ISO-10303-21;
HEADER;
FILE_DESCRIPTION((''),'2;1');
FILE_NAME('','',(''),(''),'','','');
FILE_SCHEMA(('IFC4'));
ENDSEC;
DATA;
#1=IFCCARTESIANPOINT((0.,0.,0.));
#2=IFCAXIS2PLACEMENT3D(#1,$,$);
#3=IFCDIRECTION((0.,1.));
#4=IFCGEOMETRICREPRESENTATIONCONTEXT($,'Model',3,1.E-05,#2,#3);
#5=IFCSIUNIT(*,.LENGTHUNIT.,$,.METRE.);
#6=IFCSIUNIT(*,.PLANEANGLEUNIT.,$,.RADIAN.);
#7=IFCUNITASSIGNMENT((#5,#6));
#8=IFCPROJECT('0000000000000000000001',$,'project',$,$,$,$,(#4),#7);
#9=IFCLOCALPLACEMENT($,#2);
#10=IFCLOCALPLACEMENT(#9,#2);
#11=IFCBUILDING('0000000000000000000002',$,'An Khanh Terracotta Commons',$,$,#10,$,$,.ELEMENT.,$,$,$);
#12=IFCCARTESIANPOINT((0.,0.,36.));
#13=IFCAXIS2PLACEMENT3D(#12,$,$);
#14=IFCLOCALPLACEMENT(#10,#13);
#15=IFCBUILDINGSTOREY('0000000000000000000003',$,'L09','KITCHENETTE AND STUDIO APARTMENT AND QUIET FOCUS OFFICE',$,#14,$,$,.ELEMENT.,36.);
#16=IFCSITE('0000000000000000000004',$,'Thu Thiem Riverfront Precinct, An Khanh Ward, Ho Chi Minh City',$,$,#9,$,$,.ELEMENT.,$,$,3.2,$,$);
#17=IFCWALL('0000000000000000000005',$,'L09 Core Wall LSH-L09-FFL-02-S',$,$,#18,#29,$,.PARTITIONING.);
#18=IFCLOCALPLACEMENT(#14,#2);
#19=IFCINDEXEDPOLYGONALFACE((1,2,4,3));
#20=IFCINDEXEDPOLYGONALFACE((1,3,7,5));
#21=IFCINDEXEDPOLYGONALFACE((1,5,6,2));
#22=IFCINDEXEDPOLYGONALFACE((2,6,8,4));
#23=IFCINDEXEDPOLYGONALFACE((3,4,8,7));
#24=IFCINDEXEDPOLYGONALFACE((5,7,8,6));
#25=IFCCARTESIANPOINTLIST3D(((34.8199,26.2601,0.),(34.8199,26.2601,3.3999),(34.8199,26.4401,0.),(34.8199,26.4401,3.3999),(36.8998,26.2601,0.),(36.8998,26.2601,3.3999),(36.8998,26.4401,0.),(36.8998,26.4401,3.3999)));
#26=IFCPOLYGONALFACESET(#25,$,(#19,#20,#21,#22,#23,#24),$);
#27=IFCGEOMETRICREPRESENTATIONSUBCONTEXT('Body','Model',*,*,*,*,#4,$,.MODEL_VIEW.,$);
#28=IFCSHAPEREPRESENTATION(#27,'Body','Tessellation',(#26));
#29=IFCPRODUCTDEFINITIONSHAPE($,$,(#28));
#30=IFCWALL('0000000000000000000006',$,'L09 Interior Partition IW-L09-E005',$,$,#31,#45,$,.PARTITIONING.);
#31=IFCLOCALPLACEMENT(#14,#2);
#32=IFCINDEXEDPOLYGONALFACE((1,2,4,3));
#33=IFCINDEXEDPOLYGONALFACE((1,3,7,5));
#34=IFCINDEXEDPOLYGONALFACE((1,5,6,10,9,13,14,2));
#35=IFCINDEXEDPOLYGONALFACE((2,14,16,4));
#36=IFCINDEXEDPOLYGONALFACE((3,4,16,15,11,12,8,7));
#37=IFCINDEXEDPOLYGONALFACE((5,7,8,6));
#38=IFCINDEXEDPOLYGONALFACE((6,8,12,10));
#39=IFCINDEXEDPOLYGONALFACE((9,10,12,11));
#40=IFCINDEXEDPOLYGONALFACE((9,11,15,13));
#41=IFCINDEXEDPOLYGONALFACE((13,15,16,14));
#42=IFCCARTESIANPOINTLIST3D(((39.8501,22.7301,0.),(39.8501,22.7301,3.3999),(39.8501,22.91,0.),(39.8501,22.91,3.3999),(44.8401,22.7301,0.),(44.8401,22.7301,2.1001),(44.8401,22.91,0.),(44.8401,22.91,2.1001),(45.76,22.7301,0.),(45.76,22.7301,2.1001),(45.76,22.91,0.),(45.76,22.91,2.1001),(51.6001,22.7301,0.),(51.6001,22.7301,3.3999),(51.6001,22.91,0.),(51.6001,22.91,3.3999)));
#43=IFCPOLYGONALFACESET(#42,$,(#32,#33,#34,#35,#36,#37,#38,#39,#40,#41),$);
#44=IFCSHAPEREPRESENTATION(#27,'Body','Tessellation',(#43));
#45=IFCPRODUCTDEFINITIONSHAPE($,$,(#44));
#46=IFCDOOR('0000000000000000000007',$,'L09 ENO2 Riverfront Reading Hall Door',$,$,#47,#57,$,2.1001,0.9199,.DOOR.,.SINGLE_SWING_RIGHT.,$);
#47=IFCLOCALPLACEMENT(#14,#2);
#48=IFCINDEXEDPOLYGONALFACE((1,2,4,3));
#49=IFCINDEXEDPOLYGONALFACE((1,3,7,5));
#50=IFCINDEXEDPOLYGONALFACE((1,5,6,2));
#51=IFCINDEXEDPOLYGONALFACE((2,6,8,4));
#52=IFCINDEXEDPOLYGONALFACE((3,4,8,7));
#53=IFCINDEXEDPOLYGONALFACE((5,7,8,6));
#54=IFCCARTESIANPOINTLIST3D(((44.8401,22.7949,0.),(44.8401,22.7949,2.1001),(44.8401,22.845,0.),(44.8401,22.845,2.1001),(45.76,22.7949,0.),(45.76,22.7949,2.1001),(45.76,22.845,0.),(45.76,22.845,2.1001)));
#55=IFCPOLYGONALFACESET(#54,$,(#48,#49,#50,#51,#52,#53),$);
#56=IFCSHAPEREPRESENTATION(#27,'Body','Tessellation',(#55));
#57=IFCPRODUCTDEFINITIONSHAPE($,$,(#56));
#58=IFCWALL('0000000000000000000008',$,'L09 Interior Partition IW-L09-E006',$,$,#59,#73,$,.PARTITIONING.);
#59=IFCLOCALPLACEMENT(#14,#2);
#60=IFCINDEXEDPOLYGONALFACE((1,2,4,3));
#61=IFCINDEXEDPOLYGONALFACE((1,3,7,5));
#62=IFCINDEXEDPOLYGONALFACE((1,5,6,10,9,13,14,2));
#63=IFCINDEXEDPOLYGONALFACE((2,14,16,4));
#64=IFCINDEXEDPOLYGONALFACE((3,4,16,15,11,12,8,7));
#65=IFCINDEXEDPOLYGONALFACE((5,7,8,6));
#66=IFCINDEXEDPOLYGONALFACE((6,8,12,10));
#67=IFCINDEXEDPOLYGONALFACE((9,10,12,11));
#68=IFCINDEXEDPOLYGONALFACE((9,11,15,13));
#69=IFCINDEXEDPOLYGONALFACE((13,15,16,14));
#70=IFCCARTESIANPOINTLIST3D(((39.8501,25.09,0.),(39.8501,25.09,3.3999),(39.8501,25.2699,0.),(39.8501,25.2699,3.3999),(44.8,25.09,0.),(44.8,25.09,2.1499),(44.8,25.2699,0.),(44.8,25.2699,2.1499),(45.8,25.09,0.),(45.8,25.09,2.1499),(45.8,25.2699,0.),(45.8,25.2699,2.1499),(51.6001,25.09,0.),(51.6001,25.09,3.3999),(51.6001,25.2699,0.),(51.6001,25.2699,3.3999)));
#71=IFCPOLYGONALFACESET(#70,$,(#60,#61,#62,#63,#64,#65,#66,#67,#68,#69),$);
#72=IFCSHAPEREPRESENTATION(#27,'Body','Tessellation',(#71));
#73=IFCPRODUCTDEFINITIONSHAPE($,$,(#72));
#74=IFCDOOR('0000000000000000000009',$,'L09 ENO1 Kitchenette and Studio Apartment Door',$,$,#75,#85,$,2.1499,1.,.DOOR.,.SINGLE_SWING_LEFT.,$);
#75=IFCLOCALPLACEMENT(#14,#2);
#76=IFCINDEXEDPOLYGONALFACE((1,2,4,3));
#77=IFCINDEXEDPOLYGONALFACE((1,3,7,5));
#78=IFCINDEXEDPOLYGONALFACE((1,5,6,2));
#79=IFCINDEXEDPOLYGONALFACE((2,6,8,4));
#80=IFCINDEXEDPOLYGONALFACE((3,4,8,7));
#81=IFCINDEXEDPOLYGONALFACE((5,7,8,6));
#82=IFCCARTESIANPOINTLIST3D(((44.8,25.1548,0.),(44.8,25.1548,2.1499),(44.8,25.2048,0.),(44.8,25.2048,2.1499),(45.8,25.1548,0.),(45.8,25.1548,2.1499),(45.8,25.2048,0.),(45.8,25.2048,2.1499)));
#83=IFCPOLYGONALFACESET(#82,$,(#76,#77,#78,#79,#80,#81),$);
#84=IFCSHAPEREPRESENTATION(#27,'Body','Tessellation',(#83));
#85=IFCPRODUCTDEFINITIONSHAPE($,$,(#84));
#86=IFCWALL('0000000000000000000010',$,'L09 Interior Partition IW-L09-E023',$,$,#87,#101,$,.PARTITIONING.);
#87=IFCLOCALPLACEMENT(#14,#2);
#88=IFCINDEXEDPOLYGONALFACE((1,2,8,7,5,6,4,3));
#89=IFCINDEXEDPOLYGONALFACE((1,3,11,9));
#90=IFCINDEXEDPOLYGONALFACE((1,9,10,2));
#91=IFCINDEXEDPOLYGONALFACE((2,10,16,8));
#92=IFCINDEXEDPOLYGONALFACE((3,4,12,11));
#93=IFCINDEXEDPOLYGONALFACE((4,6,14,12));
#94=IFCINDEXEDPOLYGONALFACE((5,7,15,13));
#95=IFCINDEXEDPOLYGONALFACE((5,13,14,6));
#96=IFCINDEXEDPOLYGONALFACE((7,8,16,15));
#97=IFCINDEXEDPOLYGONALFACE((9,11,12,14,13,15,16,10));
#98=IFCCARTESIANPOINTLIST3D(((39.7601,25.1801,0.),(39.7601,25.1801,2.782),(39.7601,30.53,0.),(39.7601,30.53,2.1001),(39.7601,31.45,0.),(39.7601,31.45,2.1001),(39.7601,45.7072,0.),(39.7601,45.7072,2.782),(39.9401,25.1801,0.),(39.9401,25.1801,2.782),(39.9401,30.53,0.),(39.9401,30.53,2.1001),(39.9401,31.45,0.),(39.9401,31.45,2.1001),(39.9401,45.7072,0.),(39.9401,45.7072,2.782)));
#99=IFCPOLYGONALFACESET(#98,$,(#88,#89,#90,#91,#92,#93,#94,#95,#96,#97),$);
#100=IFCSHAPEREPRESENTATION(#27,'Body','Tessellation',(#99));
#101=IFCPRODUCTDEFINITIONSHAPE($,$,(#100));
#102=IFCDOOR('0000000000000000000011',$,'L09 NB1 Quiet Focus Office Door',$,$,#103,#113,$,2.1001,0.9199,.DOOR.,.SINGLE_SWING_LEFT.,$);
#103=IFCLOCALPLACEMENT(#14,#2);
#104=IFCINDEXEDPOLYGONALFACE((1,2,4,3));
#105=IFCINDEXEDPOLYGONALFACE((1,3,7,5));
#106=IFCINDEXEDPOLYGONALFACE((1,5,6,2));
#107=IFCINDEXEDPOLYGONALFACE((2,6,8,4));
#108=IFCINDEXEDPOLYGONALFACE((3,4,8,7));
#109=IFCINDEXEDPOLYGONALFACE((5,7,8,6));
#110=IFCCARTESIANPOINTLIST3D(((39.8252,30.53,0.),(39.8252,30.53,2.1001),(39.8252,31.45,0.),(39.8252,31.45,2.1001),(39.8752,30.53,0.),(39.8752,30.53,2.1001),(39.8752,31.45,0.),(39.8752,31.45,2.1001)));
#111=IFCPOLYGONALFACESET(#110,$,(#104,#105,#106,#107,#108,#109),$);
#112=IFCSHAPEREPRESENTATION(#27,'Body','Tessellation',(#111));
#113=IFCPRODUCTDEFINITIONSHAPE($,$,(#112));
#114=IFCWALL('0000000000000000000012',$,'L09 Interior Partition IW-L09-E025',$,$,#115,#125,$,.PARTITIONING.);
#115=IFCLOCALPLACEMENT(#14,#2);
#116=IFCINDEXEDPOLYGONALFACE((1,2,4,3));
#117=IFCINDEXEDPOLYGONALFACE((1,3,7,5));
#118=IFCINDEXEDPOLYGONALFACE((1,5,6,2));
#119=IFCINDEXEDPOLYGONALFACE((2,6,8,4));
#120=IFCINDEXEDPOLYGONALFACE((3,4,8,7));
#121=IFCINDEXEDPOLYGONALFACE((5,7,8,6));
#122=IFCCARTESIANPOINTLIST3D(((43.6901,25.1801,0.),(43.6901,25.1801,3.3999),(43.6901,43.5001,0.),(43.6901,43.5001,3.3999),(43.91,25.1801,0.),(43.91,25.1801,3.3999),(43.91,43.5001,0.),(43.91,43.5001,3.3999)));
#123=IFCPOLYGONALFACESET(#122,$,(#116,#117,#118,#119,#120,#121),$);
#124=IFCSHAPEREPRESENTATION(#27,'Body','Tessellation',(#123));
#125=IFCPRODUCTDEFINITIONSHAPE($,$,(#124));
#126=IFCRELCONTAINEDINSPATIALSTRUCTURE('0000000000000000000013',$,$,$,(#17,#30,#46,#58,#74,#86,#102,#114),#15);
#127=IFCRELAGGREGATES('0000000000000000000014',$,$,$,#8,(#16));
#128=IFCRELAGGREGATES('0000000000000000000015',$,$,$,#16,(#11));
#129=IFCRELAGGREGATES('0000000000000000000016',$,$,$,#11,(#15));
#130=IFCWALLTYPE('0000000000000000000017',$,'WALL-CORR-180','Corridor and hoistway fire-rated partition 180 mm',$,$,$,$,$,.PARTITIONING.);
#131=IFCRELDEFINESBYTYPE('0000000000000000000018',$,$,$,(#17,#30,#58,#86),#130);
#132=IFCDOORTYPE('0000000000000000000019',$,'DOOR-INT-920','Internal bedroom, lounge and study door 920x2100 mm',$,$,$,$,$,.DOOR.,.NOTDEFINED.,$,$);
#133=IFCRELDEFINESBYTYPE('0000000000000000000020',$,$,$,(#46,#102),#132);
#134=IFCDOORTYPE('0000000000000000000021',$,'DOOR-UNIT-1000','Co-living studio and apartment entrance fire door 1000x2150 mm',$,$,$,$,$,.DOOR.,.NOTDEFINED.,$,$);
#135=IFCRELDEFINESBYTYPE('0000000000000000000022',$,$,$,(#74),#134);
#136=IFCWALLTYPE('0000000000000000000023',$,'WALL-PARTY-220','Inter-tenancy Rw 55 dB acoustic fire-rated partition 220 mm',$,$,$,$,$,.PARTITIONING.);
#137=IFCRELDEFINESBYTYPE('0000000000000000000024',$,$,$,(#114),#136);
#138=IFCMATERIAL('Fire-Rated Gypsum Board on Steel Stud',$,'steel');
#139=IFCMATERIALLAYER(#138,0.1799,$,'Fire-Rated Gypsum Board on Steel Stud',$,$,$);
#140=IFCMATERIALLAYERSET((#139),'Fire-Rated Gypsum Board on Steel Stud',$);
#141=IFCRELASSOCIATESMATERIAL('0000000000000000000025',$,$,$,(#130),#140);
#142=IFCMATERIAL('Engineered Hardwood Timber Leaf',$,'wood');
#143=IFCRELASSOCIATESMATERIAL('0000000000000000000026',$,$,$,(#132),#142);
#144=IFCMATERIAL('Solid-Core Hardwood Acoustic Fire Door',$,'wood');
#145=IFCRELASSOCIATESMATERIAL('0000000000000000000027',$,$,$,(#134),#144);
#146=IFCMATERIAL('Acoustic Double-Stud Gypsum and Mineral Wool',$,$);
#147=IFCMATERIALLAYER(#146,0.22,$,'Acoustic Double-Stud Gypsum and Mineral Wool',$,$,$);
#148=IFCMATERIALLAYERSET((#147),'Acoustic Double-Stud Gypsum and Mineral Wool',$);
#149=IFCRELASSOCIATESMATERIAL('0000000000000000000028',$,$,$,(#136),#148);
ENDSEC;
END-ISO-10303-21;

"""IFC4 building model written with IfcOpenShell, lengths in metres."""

from ifc_helpers import new_model, si_unit, direction, frame, frame_2d, origin, place, context, subcontext, project, spatial, rectangle, extrude, material, layer, layer_set, type_object, element, fill, save


model = new_model("IFC4")

# Units and contexts
model_context = context("Model", 3, precision=1e-05, world=origin(), true_north=direction((0.0, 1.0)))
body_context = subcontext(model_context, "Body", "Model", "MODEL_VIEW")
ifc_project = project(units=[si_unit("LENGTHUNIT", "METRE"), si_unit("PLANEANGLEUNIT", "RADIAN")], contexts=[model_context])

# Site, building, storey
site_placement = place(None, origin())
site = spatial("IfcSite", under=ifc_project, at=site_placement, Name="Thu Thiem Riverfront Precinct, An Khanh Ward, Ho Chi Minh City", CompositionType="ELEMENT", RefElevation=3.2)
building_placement = place(site_placement, origin())
building = spatial("IfcBuilding", under=site, at=building_placement, Name="An Khanh Terracotta Commons", CompositionType="ELEMENT")
storey_placement = place(building_placement, frame((0.0, 0.0, 36.0)))
storey = spatial("IfcBuildingStorey", under=building, at=storey_placement, Name="L09", Description="KITCHENETTE AND STUDIO APARTMENT AND QUIET FOCUS OFFICE", CompositionType="ELEMENT", Elevation=36.0)

# Wall
ifc_material_1 = material(Name="Fire-Rated Gypsum Board on Steel Stud", Category="steel")
ifc_layer_1 = layer(ifc_material_1, 0.1799, Name="Fire-Rated Gypsum Board on Steel Stud")
ifc_layer_set_1 = layer_set([ifc_layer_1], Name="Fire-Rated Gypsum Board on Steel Stud")
wall_type_1 = type_object("IfcWallType", Name="WALL-CORR-180", Description="Corridor and hoistway fire-rated partition 180 mm", PredefinedType="PARTITIONING", material=ifc_layer_set_1)
wall_1_placement = place(storey_placement, frame((36.8999, 26.3501, 0.0), z_axis=(0.0, 0.0, 1.0), x_axis=(-1.0, 0.0, 0.0)))
element("IfcWall", 1, at=wall_1_placement, inside=storey, type_object=wall_type_1, Name="L09 Core Wall LSH-L09-FFL-02-S", PredefinedType="PARTITIONING", context=body_context, shape_type="SweptSolid", body=[
    extrude(rectangle(XDim=2.0798, YDim=0.1799, at=frame_2d((1.04, 0.0))), origin(), (0.0, 0.0, 1.0), 3.3999),
])

# Walls, openings, doors
wall_2_placement = place(storey_placement, frame((39.8501, 22.8201, 0.0), z_axis=(0.0, 0.0, 1.0), x_axis=(1.0, 0.0, 0.0)))
wall_2 = element("IfcWall", 2, at=wall_2_placement, inside=storey, type_object=wall_type_1, Name="L09 Interior Partition IW-L09-E005", PredefinedType="PARTITIONING", context=body_context, shape_type="SweptSolid", body=[
    extrude(rectangle(XDim=11.75, YDim=0.1799, at=frame_2d((5.875, 0.0))), origin(), (0.0, 0.0, 1.0), 3.3999),
])
opening_1_placement = place(wall_2_placement, frame((4.99, 0.0, 0.0)))
opening_1 = element("IfcOpeningElement", 3, at=opening_1_placement, cuts=wall_2, PredefinedType="OPENING", context=body_context, shape_type="SweptSolid", body=[
    extrude(rectangle(XDim=0.9199, YDim=2.1001, at=frame_2d((0.46, 1.05))), frame((0.0, 0.0999, 0.0), z_axis=(0.0, -1.0, 0.0), x_axis=(1.0, 0.0, 0.0)), (0.0, 0.0, 1.0), 0.2),
])
ifc_material_2 = material(Name="Engineered Hardwood Timber Leaf", Category="wood")
door_type_1 = type_object("IfcDoorType", Name="DOOR-INT-920", Description="Internal bedroom, lounge and study door 920x2100 mm", OperationType="NOTDEFINED", PredefinedType="DOOR", material=ifc_material_2)
door_1_placement = place(opening_1_placement, origin())
door_1 = element("IfcDoor", 4, at=door_1_placement, inside=storey, type_object=door_type_1, Name="L09 ENO2 Riverfront Reading Hall Door", OperationType="SINGLE_SWING_RIGHT", OverallHeight=2.1001, OverallWidth=0.9199, PredefinedType="DOOR", context=body_context, shape_type="SweptSolid", body=[
    extrude(rectangle(XDim=0.9199, YDim=2.1001, at=frame_2d((0.46, 1.05))), frame((0.0, 0.0249, 0.0), z_axis=(0.0, -1.0, 0.0), x_axis=(1.0, 0.0, 0.0)), (0.0, 0.0, 1.0), 0.05),
])
fill(opening_1, door_1)
wall_3_placement = place(storey_placement, frame((39.8501, 25.1799, 0.0), z_axis=(0.0, 0.0, 1.0), x_axis=(1.0, 0.0, 0.0)))
wall_3 = element("IfcWall", 5, at=wall_3_placement, inside=storey, type_object=wall_type_1, Name="L09 Interior Partition IW-L09-E006", PredefinedType="PARTITIONING", context=body_context, shape_type="SweptSolid", body=[
    extrude(rectangle(XDim=11.75, YDim=0.1799, at=frame_2d((5.875, 0.0))), origin(), (0.0, 0.0, 1.0), 3.3999),
])
opening_2_placement = place(wall_3_placement, frame((4.95, 0.0, 0.0)))
opening_2 = element("IfcOpeningElement", 6, at=opening_2_placement, cuts=wall_3, PredefinedType="OPENING", context=body_context, shape_type="SweptSolid", body=[
    extrude(rectangle(XDim=1.0, YDim=2.1499, at=frame_2d((0.5, 1.075))), frame((0.0, 0.0999, 0.0), z_axis=(0.0, -1.0, 0.0), x_axis=(1.0, 0.0, 0.0)), (0.0, 0.0, 1.0), 0.2),
])
ifc_material_3 = material(Name="Solid-Core Hardwood Acoustic Fire Door", Category="wood")
door_type_2 = type_object("IfcDoorType", Name="DOOR-UNIT-1000", Description="Co-living studio and apartment entrance fire door 1000x2150 mm", OperationType="NOTDEFINED", PredefinedType="DOOR", material=ifc_material_3)
door_2_placement = place(opening_2_placement, origin())
door_2 = element("IfcDoor", 7, at=door_2_placement, inside=storey, type_object=door_type_2, Name="L09 ENO1 Kitchenette and Studio Apartment Door", OperationType="SINGLE_SWING_LEFT", OverallHeight=2.1499, OverallWidth=1.0, PredefinedType="DOOR", context=body_context, shape_type="SweptSolid", body=[
    extrude(rectangle(XDim=1.0, YDim=2.1499, at=frame_2d((0.5, 1.075))), frame((0.0, 0.0249, 0.0), z_axis=(0.0, -1.0, 0.0), x_axis=(1.0, 0.0, 0.0)), (0.0, 0.0, 1.0), 0.05),
])
fill(opening_2, door_2)
wall_4_placement = place(storey_placement, frame((39.8501, 25.1799, 0.0), z_axis=(0.0, 0.0, 1.0), x_axis=(0.0, 1.0, 0.0)))
wall_4 = element("IfcWall", 8, at=wall_4_placement, inside=storey, type_object=wall_type_1, Name="L09 Interior Partition IW-L09-E023", PredefinedType="PARTITIONING", context=body_context, shape_type="SweptSolid", body=[
    extrude(rectangle(XDim=20.5271, YDim=0.1799, at=frame_2d((10.2637, 0.0))), origin(), (0.0, 0.0, 1.0), 2.782),
])
opening_3_placement = place(wall_4_placement, frame((5.3501, 0.0, 0.0)))
opening_3 = element("IfcOpeningElement", 9, at=opening_3_placement, cuts=wall_4, PredefinedType="OPENING", context=body_context, shape_type="SweptSolid", body=[
    extrude(rectangle(XDim=0.9199, YDim=2.1001, at=frame_2d((0.46, 1.05))), frame((0.0, 0.0999, 0.0), z_axis=(0.0, -1.0, 0.0), x_axis=(1.0, 0.0, 0.0)), (0.0, 0.0, 1.0), 0.2),
])
door_3_placement = place(opening_3_placement, origin())
door_3 = element("IfcDoor", 10, at=door_3_placement, inside=storey, type_object=door_type_1, Name="L09 NB1 Quiet Focus Office Door", OperationType="SINGLE_SWING_LEFT", OverallHeight=2.1001, OverallWidth=0.9199, PredefinedType="DOOR", context=body_context, shape_type="SweptSolid", body=[
    extrude(rectangle(XDim=0.9199, YDim=2.1001, at=frame_2d((0.46, 1.05))), frame((0.0, 0.0249, 0.0), z_axis=(0.0, -1.0, 0.0), x_axis=(1.0, 0.0, 0.0)), (0.0, 0.0, 1.0), 0.05),
])
fill(opening_3, door_3)

# Wall
ifc_material_4 = material(Name="Acoustic Double-Stud Gypsum and Mineral Wool")
ifc_layer_2 = layer(ifc_material_4, 0.22, Name="Acoustic Double-Stud Gypsum and Mineral Wool")
ifc_layer_set_2 = layer_set([ifc_layer_2], Name="Acoustic Double-Stud Gypsum and Mineral Wool")
wall_type_2 = type_object("IfcWallType", Name="WALL-PARTY-220", Description="Inter-tenancy Rw 55 dB acoustic fire-rated partition 220 mm", PredefinedType="PARTITIONING", material=ifc_layer_set_2)
wall_5_placement = place(storey_placement, frame((43.8, 25.1799, 0.0), z_axis=(0.0, 0.0, 1.0), x_axis=(0.0, 1.0, 0.0)))
element("IfcWall", 11, at=wall_5_placement, inside=storey, type_object=wall_type_2, Name="L09 Interior Partition IW-L09-E025", PredefinedType="PARTITIONING", context=body_context, shape_type="SweptSolid", body=[
    extrude(rectangle(XDim=18.3201, YDim=0.22, at=frame_2d((9.1602, 0.0))), origin(), (0.0, 0.0, 1.0), 3.3999),
])

save(model, "model.ifc")
